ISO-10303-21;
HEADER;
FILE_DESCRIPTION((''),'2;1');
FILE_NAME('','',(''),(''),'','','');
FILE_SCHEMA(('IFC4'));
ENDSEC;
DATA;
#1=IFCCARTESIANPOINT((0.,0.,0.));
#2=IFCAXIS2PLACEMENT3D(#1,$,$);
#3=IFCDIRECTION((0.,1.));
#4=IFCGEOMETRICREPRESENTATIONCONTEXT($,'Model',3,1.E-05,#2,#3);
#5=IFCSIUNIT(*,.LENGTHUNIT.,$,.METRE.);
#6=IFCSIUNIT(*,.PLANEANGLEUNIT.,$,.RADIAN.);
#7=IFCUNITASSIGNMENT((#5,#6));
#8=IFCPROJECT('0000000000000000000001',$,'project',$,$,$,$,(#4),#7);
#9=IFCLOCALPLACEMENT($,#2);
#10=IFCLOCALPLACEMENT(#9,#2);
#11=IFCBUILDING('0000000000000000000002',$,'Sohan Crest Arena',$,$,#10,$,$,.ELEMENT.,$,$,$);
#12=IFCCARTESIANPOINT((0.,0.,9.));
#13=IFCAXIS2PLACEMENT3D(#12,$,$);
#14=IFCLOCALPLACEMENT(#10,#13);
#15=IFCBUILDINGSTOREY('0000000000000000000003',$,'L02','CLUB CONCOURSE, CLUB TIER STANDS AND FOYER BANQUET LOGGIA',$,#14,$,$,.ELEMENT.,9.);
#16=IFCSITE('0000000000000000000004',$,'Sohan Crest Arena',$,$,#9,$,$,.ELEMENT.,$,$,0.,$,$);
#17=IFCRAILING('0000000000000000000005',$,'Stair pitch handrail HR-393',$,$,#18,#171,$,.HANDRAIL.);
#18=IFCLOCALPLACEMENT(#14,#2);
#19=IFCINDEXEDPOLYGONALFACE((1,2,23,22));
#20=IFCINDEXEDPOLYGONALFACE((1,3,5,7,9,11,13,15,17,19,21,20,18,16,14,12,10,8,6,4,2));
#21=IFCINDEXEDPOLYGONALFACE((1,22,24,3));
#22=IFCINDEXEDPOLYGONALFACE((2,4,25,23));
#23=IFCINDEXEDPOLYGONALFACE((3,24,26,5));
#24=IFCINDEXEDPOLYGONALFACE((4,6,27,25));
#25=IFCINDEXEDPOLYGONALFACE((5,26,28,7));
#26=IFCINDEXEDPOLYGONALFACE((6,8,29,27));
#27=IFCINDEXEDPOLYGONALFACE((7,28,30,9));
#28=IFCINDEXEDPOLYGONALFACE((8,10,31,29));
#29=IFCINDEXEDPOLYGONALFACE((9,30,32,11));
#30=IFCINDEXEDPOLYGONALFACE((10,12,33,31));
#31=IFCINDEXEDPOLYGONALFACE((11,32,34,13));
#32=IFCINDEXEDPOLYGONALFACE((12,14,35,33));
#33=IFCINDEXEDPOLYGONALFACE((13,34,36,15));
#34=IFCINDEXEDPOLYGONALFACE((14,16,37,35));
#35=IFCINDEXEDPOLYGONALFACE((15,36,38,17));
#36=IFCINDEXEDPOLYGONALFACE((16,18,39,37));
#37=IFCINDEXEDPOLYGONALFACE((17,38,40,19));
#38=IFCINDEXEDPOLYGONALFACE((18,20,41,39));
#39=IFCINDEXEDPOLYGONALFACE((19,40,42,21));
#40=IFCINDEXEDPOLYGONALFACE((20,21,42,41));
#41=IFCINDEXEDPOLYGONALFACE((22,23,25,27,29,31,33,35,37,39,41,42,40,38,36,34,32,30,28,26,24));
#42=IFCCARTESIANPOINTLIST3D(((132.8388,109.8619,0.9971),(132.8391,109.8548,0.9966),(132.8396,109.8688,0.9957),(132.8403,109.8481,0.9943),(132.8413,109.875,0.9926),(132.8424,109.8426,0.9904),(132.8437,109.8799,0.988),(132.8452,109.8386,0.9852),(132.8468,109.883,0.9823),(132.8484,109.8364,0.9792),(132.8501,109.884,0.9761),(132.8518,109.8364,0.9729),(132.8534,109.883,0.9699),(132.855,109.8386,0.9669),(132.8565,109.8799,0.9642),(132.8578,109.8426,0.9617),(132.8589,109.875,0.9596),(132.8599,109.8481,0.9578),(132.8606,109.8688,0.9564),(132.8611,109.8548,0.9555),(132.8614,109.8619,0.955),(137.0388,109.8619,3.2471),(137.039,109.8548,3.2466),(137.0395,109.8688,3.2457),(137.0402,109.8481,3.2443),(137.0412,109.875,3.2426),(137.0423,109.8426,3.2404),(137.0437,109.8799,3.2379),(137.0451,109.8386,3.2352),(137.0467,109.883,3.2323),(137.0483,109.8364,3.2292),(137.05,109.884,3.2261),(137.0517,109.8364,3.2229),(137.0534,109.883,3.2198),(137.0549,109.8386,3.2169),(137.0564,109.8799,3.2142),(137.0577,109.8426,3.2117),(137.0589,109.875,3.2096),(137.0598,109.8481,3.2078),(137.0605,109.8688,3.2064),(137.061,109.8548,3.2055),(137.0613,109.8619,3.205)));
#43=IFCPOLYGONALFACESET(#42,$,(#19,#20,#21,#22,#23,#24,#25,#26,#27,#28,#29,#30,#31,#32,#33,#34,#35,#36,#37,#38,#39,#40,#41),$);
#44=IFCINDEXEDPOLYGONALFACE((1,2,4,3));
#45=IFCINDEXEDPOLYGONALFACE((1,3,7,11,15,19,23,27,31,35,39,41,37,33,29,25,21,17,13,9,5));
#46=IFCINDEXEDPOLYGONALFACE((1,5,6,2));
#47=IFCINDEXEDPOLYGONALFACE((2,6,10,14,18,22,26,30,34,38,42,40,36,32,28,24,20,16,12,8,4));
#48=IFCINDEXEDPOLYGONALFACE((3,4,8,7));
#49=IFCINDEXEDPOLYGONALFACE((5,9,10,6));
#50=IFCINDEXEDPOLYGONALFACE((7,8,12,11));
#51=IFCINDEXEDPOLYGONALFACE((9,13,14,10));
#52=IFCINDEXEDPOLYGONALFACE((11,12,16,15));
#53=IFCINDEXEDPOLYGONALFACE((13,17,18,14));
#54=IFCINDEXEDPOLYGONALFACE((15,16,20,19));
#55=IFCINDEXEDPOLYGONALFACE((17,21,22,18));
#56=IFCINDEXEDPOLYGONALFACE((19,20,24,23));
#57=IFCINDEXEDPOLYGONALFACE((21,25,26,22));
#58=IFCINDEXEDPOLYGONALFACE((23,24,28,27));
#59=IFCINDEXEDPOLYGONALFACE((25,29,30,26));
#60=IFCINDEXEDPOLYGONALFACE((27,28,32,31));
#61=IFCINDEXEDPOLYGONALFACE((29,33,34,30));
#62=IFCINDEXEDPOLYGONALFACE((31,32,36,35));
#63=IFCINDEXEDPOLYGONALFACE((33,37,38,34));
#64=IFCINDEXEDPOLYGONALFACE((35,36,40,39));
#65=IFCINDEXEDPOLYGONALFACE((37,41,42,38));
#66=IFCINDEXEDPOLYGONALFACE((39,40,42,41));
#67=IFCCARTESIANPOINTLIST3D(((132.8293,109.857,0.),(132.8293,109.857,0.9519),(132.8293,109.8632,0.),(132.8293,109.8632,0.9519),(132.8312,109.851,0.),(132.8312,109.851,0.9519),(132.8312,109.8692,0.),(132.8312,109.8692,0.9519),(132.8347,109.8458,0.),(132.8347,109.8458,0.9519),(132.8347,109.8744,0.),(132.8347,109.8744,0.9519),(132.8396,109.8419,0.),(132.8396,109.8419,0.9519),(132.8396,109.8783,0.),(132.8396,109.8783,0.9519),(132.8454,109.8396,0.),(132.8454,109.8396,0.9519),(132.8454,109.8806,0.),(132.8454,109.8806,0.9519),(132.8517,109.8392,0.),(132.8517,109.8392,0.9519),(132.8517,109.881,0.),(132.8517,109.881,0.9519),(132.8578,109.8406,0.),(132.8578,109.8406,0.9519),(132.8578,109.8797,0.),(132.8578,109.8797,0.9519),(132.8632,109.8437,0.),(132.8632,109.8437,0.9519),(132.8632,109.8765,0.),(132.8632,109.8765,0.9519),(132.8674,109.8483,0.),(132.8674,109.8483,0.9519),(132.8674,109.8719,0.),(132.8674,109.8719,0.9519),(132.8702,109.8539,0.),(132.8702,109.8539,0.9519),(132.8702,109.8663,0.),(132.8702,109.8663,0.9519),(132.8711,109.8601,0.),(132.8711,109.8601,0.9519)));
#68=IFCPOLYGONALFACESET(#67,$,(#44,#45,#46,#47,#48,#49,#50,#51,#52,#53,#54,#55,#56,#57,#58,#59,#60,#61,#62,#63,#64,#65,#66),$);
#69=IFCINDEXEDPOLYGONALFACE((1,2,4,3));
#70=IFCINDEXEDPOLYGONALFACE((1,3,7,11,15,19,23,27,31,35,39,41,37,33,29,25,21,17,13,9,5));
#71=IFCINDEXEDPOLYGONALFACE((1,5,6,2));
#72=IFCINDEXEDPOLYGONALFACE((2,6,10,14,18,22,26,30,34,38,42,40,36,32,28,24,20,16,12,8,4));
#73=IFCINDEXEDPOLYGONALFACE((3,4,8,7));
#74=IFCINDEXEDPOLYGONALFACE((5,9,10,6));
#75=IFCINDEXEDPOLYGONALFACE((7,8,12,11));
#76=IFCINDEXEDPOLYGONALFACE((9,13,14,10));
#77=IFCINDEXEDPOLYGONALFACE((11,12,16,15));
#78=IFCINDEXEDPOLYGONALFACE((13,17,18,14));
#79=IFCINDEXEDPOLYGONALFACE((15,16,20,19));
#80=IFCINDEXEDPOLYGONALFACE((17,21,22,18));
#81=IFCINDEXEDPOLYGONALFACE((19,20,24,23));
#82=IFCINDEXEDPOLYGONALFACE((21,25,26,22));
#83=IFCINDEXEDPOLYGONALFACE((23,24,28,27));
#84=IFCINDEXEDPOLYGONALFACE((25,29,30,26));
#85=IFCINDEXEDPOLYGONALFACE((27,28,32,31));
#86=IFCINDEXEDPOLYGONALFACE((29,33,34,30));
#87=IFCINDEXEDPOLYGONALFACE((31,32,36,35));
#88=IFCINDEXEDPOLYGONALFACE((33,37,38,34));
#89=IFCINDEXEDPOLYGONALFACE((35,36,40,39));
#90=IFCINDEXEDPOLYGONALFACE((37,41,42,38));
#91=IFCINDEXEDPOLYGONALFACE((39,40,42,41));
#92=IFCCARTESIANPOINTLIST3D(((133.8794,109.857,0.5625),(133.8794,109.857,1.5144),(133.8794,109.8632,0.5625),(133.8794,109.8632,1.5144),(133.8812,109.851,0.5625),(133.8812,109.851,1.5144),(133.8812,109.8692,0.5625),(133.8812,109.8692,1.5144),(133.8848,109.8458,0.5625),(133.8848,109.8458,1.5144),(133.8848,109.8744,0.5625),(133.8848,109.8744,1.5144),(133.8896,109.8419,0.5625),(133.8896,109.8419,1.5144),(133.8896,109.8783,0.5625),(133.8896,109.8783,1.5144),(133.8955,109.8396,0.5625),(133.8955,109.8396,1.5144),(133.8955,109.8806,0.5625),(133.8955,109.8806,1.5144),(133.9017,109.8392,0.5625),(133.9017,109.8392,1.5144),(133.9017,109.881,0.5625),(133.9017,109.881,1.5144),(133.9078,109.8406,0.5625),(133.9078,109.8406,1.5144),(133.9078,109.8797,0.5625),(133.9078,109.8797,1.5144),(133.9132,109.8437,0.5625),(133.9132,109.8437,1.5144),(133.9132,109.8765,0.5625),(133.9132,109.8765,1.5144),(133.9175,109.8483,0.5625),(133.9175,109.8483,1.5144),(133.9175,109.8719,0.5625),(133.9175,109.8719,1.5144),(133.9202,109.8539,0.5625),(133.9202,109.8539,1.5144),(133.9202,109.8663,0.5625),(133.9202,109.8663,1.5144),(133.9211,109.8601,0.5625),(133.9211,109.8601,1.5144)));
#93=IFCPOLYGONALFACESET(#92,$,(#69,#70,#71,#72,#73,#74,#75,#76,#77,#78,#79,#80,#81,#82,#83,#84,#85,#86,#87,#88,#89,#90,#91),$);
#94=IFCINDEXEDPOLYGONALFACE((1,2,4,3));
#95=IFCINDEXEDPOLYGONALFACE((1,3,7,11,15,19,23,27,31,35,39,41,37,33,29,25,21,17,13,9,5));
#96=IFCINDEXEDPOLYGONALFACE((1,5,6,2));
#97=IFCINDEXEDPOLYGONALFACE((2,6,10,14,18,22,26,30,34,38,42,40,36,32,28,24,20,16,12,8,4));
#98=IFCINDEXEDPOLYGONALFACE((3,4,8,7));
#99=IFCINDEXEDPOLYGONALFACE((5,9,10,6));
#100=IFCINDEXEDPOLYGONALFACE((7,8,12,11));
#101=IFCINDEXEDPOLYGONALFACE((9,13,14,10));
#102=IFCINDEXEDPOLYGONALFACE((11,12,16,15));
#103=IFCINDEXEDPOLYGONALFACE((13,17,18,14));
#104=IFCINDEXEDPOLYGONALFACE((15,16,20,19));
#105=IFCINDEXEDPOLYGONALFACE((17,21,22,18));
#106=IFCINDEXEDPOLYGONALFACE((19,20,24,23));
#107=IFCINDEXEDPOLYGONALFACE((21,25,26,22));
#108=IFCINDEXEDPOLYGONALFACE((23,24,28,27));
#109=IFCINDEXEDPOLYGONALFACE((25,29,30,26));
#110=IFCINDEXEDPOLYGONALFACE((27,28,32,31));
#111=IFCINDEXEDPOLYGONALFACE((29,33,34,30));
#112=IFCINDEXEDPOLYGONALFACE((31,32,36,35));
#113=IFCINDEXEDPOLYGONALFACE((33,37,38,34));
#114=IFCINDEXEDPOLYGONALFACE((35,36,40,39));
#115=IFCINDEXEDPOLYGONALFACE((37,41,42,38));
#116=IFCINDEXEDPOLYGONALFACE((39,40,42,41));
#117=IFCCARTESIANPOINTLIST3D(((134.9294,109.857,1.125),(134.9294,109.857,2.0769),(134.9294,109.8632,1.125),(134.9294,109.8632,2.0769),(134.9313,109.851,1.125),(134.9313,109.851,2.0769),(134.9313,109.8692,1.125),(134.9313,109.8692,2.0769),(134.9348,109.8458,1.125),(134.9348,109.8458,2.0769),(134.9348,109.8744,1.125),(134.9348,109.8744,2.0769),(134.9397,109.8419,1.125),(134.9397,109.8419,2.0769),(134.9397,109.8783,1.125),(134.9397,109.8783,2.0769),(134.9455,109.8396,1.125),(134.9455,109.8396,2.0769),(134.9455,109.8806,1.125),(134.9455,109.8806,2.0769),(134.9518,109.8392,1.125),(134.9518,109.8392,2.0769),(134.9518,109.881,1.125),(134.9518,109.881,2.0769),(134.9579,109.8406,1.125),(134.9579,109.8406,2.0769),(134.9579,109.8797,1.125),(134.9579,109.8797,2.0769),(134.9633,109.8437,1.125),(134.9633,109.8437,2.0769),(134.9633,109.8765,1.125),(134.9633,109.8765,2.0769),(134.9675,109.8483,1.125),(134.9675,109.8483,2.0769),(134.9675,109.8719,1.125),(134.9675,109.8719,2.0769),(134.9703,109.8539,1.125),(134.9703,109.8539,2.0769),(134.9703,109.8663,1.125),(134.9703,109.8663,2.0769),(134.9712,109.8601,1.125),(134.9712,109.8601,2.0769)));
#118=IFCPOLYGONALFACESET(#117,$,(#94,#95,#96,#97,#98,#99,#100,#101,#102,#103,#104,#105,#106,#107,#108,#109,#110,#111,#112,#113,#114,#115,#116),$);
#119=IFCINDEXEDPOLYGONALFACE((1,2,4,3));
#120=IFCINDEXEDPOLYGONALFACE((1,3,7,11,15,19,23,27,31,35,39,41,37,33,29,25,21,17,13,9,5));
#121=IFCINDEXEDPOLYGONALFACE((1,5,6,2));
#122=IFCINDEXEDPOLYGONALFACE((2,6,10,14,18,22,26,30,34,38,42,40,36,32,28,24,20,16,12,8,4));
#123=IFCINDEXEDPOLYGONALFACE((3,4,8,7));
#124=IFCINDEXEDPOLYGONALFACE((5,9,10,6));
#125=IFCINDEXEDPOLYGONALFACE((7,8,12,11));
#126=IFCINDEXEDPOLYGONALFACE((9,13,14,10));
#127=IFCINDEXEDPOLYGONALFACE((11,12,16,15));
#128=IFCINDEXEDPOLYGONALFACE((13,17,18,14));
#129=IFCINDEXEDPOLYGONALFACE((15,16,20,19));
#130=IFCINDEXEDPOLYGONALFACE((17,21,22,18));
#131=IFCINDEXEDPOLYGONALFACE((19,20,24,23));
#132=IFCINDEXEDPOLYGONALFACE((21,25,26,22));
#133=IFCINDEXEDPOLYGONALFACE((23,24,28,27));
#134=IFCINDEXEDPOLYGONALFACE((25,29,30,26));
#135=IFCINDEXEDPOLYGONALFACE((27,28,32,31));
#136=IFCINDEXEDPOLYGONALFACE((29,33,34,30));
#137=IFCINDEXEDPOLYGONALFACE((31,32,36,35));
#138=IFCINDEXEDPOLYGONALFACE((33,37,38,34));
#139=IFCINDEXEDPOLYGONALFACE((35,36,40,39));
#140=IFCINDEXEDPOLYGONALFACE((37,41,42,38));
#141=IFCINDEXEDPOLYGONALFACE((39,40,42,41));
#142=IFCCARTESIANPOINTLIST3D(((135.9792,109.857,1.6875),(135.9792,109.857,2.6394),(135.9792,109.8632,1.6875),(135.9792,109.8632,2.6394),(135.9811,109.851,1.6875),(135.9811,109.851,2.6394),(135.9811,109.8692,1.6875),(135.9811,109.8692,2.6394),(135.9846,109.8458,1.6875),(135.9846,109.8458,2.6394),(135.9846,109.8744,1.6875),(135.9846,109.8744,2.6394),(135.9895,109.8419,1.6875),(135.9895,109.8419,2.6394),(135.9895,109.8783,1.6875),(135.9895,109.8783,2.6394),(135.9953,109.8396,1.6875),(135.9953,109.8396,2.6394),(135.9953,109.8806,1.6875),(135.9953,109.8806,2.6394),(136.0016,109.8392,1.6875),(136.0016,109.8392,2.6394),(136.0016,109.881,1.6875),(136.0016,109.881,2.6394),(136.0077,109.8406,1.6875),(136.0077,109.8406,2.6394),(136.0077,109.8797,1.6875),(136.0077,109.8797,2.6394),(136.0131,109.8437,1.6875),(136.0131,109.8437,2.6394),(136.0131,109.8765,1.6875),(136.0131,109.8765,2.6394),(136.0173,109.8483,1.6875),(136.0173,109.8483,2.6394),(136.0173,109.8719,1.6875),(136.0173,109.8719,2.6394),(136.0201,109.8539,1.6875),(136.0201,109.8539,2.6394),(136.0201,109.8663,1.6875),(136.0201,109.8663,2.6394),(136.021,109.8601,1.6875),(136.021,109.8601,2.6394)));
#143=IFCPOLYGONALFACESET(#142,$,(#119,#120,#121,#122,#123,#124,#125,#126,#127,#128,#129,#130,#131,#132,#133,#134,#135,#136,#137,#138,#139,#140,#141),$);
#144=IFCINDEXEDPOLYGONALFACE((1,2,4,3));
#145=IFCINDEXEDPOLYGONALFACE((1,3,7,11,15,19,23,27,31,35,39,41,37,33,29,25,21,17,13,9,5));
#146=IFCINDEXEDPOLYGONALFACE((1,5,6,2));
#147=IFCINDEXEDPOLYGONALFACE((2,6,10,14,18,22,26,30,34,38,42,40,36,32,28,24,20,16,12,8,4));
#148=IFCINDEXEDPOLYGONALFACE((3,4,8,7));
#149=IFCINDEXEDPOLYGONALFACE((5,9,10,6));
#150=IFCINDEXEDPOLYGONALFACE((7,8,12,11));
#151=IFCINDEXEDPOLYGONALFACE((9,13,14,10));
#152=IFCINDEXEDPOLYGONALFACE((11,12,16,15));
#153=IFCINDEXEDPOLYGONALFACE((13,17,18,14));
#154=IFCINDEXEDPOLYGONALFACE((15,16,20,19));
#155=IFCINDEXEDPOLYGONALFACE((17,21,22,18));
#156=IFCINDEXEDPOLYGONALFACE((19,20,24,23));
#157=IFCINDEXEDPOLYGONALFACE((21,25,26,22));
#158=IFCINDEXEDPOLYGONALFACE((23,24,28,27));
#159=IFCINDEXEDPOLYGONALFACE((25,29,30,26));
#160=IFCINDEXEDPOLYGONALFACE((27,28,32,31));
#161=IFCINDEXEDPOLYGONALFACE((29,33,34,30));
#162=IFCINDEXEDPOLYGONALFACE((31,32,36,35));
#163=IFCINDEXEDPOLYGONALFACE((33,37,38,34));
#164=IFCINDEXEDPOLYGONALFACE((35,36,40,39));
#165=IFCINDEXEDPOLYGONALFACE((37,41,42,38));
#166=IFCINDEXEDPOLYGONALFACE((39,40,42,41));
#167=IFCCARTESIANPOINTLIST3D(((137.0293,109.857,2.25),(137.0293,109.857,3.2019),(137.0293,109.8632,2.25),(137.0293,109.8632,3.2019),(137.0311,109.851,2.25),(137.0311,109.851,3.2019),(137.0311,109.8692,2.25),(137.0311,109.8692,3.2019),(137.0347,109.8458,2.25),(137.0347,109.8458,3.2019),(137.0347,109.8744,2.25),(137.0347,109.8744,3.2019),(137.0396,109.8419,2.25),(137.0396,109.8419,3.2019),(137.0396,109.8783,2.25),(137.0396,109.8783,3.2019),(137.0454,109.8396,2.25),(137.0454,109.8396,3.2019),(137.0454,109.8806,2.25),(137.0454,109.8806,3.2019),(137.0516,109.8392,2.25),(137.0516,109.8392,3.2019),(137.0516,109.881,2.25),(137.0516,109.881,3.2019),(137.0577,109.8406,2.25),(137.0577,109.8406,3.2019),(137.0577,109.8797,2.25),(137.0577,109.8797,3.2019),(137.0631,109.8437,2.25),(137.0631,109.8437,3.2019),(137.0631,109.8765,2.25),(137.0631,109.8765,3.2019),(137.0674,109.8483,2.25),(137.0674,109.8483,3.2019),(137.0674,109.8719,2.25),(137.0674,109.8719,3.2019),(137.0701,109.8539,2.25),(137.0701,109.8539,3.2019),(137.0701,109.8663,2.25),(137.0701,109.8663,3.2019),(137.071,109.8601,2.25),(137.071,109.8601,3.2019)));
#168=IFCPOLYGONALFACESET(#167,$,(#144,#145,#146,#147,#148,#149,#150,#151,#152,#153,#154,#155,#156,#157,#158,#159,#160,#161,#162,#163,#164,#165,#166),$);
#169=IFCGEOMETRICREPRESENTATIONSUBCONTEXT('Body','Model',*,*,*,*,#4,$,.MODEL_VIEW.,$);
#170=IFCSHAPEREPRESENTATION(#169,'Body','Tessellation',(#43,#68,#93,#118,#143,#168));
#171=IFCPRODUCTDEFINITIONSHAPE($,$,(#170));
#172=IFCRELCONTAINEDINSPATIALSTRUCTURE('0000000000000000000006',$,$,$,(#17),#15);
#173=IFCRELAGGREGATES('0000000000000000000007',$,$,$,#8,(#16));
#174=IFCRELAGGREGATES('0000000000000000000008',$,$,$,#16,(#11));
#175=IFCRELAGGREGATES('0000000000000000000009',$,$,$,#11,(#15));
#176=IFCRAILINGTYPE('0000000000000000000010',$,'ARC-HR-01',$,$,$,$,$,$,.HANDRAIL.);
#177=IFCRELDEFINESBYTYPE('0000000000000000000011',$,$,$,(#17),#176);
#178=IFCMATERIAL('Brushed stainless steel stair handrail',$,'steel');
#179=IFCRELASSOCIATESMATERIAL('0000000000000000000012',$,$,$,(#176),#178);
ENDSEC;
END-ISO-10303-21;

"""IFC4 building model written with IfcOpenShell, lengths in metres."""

from ifc_helpers import new_model, si_unit, direction, frame, origin, origin_2d, place, context, subcontext, project, spatial, circle, extrude, material, type_object, element, save


model = new_model("IFC4")

# Units and contexts
model_context = context("Model", 3, precision=1e-05, world=origin(), true_north=direction((0.0, 1.0)))
body_context = subcontext(model_context, "Body", "Model", "MODEL_VIEW")
ifc_project = project(units=[si_unit("LENGTHUNIT", "METRE"), si_unit("PLANEANGLEUNIT", "RADIAN")], contexts=[model_context])

# Site, building, storey
site_placement = place(None, origin())
site = spatial("IfcSite", under=ifc_project, at=site_placement, Name="Sohan Crest Arena", CompositionType="ELEMENT", RefElevation=0.0)
building_placement = place(site_placement, origin())
building = spatial("IfcBuilding", under=site, at=building_placement, Name="Sohan Crest Arena", CompositionType="ELEMENT")
storey_placement = place(building_placement, frame((0.0, 0.0, 9.0)))
storey = spatial("IfcBuildingStorey", under=building, at=storey_placement, Name="L02", Description="CLUB CONCOURSE, CLUB TIER STANDS AND FOYER BANQUET LOGGIA", CompositionType="ELEMENT", Elevation=9.0)

# Railing
ifc_material_1 = material(Name="Brushed stainless steel stair handrail", Category="steel")
railing_type_1 = type_object("IfcRailingType", Name="ARC-HR-01", PredefinedType="HANDRAIL", material=ifc_material_1)
for number, where, name in (
    (1, (132.8501, 109.8601, 0.0), "Stair pitch handrail HR-393"),
):
    element("IfcRailing", number, at=place(storey_placement, frame(where)), inside=storey, type_object=railing_type_1, Name=name, PredefinedType="HANDRAIL", context=body_context, shape_type="SweptSolid", body=[
        extrude(circle(Radius=0.0239, at=origin_2d()), frame((0.0, 0.0, 0.9761), z_axis=(0.881478, 0.0, 0.472226), x_axis=(0.0, 1.0, 0.0)), (0.0, 0.0, 1.0), 4.7646),
        extrude(circle(Radius=0.021, at=origin_2d()), origin(), (0.0, 0.0, 1.0), 0.9519),
        extrude(circle(Radius=0.021, at=origin_2d()), frame((1.05, 0.0, 0.5625)), (0.0, 0.0, 1.0), 0.9519),
        extrude(circle(Radius=0.021, at=origin_2d()), frame((2.1001, 0.0, 1.125)), (0.0, 0.0, 1.0), 0.9519),
        extrude(circle(Radius=0.021, at=origin_2d()), frame((3.1499, 0.0, 1.6875)), (0.0, 0.0, 1.0), 0.9519),
        extrude(circle(Radius=0.021, at=origin_2d()), frame((4.2, 0.0, 2.25)), (0.0, 0.0, 1.0), 0.9519),
    ])

save(model, "model.ifc")
